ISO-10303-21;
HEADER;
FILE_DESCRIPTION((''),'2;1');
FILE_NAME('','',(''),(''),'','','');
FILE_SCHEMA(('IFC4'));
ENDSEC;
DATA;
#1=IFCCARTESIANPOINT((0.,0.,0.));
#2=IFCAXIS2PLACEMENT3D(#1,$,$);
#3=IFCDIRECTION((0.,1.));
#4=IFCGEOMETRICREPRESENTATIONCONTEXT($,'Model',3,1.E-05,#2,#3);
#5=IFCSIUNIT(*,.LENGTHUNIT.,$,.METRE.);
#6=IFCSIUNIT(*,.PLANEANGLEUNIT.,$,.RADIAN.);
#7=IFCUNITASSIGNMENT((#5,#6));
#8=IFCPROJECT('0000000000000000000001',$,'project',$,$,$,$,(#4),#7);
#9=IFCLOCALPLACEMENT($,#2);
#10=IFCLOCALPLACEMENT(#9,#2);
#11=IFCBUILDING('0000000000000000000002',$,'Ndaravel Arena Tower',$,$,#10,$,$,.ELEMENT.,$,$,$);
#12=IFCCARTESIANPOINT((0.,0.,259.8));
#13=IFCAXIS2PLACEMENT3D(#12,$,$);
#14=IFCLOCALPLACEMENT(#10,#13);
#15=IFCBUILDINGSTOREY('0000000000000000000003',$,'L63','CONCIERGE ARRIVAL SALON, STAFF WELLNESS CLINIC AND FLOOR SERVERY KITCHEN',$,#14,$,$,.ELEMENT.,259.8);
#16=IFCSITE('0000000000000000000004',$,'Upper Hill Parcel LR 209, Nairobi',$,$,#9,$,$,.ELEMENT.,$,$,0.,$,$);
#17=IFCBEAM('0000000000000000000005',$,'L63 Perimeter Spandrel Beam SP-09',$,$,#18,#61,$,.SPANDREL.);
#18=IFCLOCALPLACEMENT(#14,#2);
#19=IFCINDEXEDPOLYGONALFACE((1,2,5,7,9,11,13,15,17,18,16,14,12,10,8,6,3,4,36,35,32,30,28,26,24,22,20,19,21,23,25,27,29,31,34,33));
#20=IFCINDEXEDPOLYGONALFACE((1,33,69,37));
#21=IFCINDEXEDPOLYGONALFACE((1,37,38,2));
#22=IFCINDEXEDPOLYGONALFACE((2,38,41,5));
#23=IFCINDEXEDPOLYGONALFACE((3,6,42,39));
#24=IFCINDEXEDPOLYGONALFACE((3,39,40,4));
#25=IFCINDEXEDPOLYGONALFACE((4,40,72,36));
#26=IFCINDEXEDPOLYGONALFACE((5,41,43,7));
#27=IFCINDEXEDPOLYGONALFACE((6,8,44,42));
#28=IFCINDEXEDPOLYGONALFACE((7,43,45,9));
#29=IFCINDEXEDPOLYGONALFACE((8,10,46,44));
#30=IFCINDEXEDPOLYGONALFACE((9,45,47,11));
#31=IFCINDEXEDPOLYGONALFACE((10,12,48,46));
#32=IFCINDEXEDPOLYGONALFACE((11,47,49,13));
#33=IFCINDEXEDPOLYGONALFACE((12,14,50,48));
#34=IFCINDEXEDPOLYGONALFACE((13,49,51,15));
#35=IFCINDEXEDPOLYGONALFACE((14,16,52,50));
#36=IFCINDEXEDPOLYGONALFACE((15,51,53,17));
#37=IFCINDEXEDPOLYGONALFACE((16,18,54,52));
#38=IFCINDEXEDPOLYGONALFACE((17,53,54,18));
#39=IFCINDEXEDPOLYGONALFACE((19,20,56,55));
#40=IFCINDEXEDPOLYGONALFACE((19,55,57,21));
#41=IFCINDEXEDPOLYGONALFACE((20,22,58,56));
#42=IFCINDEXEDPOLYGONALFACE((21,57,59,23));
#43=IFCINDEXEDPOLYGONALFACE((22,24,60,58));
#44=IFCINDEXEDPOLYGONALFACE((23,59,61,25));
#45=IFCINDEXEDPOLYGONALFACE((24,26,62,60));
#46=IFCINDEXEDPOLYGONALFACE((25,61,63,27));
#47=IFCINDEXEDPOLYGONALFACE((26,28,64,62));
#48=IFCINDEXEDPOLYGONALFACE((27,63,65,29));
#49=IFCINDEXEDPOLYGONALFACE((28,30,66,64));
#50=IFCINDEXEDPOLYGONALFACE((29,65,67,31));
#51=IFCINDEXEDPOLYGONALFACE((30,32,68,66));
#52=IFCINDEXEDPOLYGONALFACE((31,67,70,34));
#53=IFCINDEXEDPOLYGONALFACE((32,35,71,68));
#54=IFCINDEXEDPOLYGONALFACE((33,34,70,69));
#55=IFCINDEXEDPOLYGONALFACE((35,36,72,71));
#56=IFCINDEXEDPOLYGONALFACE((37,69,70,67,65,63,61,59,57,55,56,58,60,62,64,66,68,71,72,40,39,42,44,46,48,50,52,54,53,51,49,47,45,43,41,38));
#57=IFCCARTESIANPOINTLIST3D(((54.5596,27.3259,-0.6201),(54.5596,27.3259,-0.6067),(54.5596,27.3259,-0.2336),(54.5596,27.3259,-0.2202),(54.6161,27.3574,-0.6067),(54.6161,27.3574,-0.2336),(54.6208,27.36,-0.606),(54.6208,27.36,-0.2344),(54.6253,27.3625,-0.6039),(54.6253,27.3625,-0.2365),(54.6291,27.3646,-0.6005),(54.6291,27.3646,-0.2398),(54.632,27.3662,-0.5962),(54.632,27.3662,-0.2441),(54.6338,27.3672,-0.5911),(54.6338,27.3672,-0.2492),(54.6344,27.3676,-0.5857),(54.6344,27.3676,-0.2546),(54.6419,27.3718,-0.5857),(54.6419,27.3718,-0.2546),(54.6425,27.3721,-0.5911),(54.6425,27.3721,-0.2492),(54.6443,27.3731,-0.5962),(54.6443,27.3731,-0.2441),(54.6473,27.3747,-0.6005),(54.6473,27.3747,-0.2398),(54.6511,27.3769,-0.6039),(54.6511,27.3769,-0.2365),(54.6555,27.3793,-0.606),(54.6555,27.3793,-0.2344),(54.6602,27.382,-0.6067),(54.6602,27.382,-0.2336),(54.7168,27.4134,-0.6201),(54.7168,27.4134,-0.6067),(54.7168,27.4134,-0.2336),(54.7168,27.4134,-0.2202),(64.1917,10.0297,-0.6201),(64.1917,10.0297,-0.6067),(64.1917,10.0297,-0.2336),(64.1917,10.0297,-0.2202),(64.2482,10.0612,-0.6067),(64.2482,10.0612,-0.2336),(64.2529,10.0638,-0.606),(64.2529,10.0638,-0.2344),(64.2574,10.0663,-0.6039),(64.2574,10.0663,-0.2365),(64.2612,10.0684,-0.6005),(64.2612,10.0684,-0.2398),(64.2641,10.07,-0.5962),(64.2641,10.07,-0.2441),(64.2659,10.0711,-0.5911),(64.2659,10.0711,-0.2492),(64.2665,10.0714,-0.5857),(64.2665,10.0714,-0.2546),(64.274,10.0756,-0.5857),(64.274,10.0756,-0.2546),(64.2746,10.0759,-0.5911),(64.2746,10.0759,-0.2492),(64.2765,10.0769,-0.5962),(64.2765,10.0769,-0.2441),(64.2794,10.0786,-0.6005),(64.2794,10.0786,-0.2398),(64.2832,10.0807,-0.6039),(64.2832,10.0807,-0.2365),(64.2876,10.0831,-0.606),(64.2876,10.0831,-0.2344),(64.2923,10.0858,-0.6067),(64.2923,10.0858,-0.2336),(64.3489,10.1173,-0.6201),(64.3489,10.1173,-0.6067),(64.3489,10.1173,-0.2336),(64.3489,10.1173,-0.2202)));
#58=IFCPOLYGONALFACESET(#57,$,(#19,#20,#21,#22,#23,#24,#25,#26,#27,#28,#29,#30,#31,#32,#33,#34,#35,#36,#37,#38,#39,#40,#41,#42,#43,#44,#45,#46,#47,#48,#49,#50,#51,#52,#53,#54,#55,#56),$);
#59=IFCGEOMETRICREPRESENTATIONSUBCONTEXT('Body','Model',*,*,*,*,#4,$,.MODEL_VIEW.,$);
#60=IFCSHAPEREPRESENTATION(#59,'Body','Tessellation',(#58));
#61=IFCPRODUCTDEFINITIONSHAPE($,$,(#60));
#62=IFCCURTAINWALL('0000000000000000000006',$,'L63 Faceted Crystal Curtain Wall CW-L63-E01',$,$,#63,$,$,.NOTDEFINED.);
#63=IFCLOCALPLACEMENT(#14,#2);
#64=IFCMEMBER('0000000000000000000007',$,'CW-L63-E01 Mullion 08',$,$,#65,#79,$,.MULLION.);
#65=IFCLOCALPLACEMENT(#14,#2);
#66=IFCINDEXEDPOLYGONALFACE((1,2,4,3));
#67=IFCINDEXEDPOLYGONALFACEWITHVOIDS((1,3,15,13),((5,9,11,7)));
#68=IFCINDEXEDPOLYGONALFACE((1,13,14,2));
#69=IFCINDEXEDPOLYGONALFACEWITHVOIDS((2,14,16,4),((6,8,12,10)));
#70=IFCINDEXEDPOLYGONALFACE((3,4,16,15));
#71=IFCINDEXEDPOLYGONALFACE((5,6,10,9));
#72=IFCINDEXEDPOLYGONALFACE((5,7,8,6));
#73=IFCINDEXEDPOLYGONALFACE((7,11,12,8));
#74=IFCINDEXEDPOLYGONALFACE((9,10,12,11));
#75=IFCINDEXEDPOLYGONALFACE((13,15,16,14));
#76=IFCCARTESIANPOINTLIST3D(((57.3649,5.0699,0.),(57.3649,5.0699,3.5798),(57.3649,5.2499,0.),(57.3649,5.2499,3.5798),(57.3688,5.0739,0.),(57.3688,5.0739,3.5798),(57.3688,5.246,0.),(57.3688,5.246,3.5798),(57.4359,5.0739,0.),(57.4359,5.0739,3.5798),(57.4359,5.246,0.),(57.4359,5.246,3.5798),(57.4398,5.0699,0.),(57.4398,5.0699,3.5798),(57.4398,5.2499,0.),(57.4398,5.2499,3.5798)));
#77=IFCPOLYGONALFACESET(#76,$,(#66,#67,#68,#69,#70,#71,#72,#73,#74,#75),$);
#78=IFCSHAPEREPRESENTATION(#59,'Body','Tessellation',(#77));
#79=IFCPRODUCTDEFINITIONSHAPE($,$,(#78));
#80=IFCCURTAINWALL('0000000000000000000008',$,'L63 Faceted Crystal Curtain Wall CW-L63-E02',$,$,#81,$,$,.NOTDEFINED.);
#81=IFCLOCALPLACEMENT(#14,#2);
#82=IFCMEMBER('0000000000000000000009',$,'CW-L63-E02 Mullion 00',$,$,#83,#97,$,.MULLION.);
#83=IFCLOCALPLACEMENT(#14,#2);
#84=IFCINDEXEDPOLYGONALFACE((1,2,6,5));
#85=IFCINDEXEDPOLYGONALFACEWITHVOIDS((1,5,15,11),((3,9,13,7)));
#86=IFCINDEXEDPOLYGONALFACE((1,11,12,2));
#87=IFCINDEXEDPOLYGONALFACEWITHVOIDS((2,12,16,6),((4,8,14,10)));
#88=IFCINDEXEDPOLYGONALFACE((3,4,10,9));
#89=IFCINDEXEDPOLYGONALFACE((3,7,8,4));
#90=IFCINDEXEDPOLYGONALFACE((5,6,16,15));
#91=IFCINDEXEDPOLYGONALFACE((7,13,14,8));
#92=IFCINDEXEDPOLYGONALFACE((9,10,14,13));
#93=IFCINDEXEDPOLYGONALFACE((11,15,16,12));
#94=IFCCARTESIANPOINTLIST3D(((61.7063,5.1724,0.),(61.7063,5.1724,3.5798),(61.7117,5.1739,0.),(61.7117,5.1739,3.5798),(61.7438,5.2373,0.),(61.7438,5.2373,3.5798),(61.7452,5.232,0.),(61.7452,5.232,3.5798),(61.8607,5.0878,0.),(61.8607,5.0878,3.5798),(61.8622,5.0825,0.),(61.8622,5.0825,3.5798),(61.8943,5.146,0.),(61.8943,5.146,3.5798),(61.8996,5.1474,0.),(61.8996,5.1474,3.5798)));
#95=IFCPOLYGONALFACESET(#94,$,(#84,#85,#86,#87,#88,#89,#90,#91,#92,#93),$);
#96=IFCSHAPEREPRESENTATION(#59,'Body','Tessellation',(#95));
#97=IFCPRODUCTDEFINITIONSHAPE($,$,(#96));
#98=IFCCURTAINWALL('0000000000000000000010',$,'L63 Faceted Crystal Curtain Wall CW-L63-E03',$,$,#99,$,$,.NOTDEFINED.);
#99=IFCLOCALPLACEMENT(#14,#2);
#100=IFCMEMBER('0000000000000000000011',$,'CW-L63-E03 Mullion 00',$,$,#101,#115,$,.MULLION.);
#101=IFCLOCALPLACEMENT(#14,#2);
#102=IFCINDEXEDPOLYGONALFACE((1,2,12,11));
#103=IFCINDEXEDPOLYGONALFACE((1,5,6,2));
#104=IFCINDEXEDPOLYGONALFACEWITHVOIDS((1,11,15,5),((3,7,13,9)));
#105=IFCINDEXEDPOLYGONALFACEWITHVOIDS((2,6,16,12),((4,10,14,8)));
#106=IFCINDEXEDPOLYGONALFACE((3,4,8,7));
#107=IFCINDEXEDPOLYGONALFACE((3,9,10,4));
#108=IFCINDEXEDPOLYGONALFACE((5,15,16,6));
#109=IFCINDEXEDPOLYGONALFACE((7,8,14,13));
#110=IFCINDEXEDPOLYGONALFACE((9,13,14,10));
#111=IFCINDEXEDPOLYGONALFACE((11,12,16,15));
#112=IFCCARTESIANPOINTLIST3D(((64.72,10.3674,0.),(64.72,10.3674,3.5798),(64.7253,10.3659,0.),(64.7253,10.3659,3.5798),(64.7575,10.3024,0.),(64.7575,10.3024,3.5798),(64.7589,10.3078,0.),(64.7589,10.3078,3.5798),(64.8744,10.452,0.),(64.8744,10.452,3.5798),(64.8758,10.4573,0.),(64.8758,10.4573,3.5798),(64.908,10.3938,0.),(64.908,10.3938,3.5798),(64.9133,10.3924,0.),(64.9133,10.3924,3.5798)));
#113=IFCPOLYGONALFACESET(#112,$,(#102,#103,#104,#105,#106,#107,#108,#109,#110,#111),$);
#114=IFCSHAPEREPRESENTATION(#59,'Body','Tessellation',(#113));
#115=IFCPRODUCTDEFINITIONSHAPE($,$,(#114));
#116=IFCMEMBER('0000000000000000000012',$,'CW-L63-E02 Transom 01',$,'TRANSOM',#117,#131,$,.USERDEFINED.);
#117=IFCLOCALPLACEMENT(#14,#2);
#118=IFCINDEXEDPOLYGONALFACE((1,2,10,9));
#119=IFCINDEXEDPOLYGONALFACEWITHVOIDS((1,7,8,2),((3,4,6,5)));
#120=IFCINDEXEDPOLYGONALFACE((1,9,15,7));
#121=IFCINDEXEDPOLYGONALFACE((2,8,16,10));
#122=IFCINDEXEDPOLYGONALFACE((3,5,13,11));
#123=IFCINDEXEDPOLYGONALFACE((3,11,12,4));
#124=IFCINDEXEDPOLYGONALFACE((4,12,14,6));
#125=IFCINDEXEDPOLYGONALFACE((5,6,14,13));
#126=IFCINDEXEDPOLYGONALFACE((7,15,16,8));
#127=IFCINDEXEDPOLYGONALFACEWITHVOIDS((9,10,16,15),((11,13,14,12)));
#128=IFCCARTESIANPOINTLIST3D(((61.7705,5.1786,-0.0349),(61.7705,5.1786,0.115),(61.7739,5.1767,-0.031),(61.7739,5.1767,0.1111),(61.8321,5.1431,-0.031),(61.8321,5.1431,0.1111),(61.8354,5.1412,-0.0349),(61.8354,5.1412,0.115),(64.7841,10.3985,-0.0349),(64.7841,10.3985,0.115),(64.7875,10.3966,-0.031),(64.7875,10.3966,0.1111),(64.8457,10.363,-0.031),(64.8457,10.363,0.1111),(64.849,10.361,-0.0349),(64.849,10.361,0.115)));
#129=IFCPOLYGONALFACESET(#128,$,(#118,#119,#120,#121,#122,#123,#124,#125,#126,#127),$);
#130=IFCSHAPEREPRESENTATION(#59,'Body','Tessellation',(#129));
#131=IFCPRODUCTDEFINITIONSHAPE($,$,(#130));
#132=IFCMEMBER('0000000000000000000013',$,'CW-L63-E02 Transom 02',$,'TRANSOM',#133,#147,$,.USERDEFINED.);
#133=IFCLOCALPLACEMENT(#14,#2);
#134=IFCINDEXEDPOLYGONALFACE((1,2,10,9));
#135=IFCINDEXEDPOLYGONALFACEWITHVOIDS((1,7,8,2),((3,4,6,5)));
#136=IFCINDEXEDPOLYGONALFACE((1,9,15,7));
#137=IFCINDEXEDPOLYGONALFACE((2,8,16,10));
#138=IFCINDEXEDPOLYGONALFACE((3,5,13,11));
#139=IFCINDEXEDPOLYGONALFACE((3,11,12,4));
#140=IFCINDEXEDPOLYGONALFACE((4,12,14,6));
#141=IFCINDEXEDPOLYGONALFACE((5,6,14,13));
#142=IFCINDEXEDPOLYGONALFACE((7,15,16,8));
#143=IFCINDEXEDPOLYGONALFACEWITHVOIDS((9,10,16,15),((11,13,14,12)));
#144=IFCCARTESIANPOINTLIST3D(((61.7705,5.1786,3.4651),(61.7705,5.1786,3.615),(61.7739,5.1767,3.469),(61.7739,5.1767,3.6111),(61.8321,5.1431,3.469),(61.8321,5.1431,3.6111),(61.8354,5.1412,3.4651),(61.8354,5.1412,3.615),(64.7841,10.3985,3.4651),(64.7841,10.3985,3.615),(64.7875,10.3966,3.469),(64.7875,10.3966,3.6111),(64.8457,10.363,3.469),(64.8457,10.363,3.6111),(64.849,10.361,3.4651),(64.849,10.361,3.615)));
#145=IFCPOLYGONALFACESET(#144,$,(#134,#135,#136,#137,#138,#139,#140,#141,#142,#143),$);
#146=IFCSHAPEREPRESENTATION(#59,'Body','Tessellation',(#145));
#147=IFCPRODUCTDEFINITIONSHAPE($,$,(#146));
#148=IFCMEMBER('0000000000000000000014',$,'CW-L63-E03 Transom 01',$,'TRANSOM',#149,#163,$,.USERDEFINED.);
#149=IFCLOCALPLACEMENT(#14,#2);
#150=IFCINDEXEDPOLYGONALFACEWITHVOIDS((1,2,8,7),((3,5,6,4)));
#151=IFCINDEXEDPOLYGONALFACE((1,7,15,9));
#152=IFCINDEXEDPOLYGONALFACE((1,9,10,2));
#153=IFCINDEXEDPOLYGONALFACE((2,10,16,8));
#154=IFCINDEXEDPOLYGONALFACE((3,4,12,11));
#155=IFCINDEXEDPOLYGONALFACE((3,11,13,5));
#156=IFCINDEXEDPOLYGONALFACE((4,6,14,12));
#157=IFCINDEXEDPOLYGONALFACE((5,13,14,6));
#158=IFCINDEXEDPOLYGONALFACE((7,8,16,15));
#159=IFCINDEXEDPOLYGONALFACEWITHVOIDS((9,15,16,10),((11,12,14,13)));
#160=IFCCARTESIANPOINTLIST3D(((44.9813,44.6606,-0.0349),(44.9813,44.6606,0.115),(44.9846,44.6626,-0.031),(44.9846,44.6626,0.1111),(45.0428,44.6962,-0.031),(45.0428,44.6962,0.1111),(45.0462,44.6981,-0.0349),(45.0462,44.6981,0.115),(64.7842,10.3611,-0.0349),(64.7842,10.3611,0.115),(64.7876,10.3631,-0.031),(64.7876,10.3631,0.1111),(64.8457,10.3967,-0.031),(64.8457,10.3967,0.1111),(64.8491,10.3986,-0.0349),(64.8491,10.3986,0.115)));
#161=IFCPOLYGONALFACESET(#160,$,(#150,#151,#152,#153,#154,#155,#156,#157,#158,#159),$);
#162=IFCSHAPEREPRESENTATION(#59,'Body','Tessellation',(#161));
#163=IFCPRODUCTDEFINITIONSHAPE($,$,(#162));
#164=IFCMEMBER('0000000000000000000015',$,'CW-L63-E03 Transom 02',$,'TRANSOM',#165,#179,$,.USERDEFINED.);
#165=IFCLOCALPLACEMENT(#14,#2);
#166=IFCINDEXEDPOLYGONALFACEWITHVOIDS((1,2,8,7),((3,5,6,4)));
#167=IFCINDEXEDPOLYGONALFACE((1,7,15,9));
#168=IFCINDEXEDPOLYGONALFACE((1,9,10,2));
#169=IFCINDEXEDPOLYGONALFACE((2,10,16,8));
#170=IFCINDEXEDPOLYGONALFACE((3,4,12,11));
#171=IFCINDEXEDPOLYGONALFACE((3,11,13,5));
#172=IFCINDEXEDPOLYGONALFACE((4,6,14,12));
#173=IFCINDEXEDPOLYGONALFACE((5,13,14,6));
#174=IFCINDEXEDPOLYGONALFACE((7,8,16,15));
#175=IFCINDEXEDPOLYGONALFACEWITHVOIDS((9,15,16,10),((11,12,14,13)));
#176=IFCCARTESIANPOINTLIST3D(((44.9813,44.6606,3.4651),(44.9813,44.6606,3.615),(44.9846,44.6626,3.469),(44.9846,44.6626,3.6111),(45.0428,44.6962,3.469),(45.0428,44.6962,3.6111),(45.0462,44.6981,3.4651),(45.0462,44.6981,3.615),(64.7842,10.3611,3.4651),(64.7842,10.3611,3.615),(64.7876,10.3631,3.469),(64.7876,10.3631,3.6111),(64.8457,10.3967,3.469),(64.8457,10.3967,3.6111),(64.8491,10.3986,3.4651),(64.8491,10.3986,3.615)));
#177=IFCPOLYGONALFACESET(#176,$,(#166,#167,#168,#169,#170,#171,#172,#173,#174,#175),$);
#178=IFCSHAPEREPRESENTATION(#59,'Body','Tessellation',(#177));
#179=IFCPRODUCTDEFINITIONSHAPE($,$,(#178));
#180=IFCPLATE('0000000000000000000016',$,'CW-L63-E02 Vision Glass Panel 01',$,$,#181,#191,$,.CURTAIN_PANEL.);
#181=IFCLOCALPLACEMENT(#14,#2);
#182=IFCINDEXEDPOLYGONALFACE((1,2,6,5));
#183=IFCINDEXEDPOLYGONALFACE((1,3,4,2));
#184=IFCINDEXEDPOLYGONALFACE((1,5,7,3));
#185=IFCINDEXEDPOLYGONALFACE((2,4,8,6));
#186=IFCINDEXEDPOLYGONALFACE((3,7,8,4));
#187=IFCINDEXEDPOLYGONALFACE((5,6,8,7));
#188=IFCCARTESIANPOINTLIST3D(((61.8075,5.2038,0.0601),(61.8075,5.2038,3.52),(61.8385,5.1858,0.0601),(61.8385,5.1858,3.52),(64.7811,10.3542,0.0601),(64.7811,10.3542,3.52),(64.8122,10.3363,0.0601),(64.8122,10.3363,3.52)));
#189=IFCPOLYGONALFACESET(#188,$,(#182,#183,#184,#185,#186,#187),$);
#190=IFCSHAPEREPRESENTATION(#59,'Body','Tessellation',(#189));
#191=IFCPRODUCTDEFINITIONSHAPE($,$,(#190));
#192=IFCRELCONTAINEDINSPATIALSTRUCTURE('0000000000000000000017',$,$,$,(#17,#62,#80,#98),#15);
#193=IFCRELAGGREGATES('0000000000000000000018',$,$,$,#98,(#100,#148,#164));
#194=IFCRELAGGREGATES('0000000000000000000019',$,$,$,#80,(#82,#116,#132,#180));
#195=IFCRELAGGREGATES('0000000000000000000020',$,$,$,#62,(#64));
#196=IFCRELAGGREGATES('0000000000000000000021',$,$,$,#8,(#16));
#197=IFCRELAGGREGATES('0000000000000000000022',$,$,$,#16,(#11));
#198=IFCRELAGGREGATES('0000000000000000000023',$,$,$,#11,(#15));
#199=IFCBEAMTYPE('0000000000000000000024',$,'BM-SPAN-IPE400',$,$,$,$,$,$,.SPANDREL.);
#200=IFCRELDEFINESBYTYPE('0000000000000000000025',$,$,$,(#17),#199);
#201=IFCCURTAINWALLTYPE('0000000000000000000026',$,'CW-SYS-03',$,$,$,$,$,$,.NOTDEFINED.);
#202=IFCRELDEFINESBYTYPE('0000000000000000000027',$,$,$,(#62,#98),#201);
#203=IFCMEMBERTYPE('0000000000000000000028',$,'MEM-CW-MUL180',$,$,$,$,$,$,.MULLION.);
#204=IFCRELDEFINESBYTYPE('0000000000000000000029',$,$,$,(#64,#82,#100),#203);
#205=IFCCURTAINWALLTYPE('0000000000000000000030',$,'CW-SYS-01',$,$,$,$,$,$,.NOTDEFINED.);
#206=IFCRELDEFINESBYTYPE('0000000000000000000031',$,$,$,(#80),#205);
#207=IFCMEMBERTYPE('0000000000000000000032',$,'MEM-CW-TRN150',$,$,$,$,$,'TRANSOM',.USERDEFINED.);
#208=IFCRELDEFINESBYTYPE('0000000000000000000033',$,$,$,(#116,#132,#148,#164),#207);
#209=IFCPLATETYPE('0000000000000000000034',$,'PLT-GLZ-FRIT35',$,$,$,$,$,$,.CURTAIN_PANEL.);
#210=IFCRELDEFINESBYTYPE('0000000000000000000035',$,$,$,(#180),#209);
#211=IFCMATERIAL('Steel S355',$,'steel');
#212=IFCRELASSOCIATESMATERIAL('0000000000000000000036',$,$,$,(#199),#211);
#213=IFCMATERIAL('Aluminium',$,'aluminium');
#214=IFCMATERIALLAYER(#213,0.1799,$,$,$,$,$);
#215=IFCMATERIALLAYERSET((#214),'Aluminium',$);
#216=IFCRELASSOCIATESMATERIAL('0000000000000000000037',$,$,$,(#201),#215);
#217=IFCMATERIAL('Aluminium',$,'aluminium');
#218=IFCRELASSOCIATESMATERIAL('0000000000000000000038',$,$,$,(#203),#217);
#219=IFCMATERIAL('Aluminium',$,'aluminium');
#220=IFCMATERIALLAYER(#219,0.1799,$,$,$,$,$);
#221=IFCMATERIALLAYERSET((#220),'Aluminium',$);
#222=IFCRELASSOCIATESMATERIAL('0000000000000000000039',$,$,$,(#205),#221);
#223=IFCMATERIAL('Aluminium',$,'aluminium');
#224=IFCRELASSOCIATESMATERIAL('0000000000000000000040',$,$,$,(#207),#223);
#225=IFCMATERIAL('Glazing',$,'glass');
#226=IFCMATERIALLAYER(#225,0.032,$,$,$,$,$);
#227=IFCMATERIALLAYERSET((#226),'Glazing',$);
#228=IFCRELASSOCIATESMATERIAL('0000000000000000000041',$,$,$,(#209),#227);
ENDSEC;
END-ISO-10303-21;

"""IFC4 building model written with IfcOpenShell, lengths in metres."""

from ifc_helpers import new_model, si_unit, direction, frame, origin, origin_2d, place, context, subcontext, project, spatial, rectangle, hollow_rectangle, i_section, extrude, material, layer, layer_set, material_profile, profile_set, type_object, element, aggregate, save


model = new_model("IFC4")

# Units and contexts
model_context = context("Model", 3, precision=1e-05, world=origin(), true_north=direction((0.0, 1.0)))
body_context = subcontext(model_context, "Body", "Model", "MODEL_VIEW")
ifc_project = project(units=[si_unit("LENGTHUNIT", "METRE"), si_unit("PLANEANGLEUNIT", "RADIAN")], contexts=[model_context])

# Site, building, storey
site_placement = place(None, origin())
site = spatial("IfcSite", under=ifc_project, at=site_placement, Name="Upper Hill Parcel LR 209, Nairobi", CompositionType="ELEMENT", RefElevation=0.0)
building_placement = place(site_placement, origin())
building = spatial("IfcBuilding", under=site, at=building_placement, Name="Ndaravel Arena Tower", CompositionType="ELEMENT")
storey_placement = place(building_placement, frame((0.0, 0.0, 259.8)))
storey = spatial("IfcBuildingStorey", under=building, at=storey_placement, Name="L63", Description="CONCIERGE ARRIVAL SALON, STAFF WELLNESS CLINIC AND FLOOR SERVERY KITCHEN", CompositionType="ELEMENT", Elevation=259.8)

# Beam
ifc_material_1 = material(Name="Steel S355", Category="steel")
ifc_material_profile_1 = material_profile(ifc_material_1, i_section(OverallWidth=0.1799, OverallDepth=0.3999, WebThickness=0.0085, FlangeThickness=0.0134, FilletRadius=0.021, at=origin_2d()), Name="IPE 400")
ifc_profile_set_1 = profile_set([ifc_material_profile_1], Name="Steel S355")
beam_type = type_object("IfcBeamType", Name="BM-SPAN-IPE400", PredefinedType="SPANDREL", material=ifc_profile_set_1)
beam_1_placement = place(storey_placement, frame((64.2703, 10.0735, -0.4202), z_axis=(-0.486535, 0.873661, 0.0), x_axis=(-0.873661, -0.486535, 0.0)))
element("IfcBeam", 1, at=beam_1_placement, inside=storey, type_object=beam_type, Name="L63 Perimeter Spandrel Beam SP-09", PredefinedType="SPANDREL", context=body_context, shape_type="SweptSolid", body=[
    extrude(i_section(OverallWidth=0.1799, OverallDepth=0.3999, WebThickness=0.0085, FlangeThickness=0.0134, FilletRadius=0.021, at=origin_2d()), origin(), (0.0, 0.0, 1.0), 19.7974),
])

# Curtain walls, members
ifc_material_2 = material(Name="Aluminium", Category="aluminium")
ifc_layer_1 = layer(ifc_material_2, 0.1799)
ifc_layer_set_1 = layer_set([ifc_layer_1], Name="Aluminium")
curtain_wall_type_1 = type_object("IfcCurtainWallType", Name="CW-SYS-03", PredefinedType="NOTDEFINED", material=ifc_layer_set_1)
curtain_wall_1_placement = place(storey_placement, origin())
curtain_wall_1 = element("IfcCurtainWall", 2, at=curtain_wall_1_placement, inside=storey, type_object=curtain_wall_type_1, Name="L63 Faceted Crystal Curtain Wall CW-L63-E01", PredefinedType="NOTDEFINED")
ifc_material_3 = material(Name="Aluminium", Category="aluminium")
ifc_material_profile_2 = material_profile(ifc_material_3, hollow_rectangle(XDim=0.075, YDim=0.1799, WallThickness=0.0039, at=origin_2d()), Name="CW MULLION 75x180x4")
ifc_profile_set_2 = profile_set([ifc_material_profile_2], Name="Aluminium")
member_type_1 = type_object("IfcMemberType", Name="MEM-CW-MUL180", PredefinedType="MULLION", material=ifc_profile_set_2)
member_1_placement = place(storey_placement, frame((57.4023, 5.1599, 0.0), z_axis=(0.0, 0.0, 1.0), x_axis=(1.0, 0.0, 0.0)))
member_1 = element("IfcMember", 3, at=member_1_placement, type_object=member_type_1, Name="CW-L63-E01 Mullion 08", PredefinedType="MULLION", context=body_context, shape_type="SweptSolid", body=[
    extrude(hollow_rectangle(XDim=0.075, YDim=0.1799, WallThickness=0.0039, at=origin_2d()), origin(), (0.0, 0.0, 1.0), 3.5798),
])
ifc_material_4 = material(Name="Aluminium", Category="aluminium")
ifc_layer_2 = layer(ifc_material_4, 0.1799)
ifc_layer_set_2 = layer_set([ifc_layer_2], Name="Aluminium")
curtain_wall_type_2 = type_object("IfcCurtainWallType", Name="CW-SYS-01", PredefinedType="NOTDEFINED", material=ifc_layer_set_2)
curtain_wall_2_placement = place(storey_placement, origin())
curtain_wall_2 = element("IfcCurtainWall", 4, at=curtain_wall_2_placement, inside=storey, type_object=curtain_wall_type_2, Name="L63 Faceted Crystal Curtain Wall CW-L63-E02", PredefinedType="NOTDEFINED")
member_2_placement = place(storey_placement, frame((61.803, 5.1599, 0.0), z_axis=(0.0, 0.0, 1.0), x_axis=(0.5, 0.866025, 0.0)))
member_2 = element("IfcMember", 5, at=member_2_placement, type_object=member_type_1, Name="CW-L63-E02 Mullion 00", PredefinedType="MULLION", context=body_context, shape_type="SweptSolid", body=[
    extrude(hollow_rectangle(XDim=0.075, YDim=0.1799, WallThickness=0.0039, at=origin_2d()), origin(), (0.0, 0.0, 1.0), 3.5798),
])
curtain_wall_3_placement = place(storey_placement, origin())
curtain_wall_3 = element("IfcCurtainWall", 6, at=curtain_wall_3_placement, inside=storey, type_object=curtain_wall_type_1, Name="L63 Faceted Crystal Curtain Wall CW-L63-E03", PredefinedType="NOTDEFINED")
member_3_placement = place(storey_placement, frame((64.8167, 10.3799, 0.0), z_axis=(0.0, 0.0, 1.0), x_axis=(-0.5, 0.866025, 0.0)))
member_3 = element("IfcMember", 7, at=member_3_placement, type_object=member_type_1, Name="CW-L63-E03 Mullion 00", PredefinedType="MULLION", context=body_context, shape_type="SweptSolid", body=[
    extrude(hollow_rectangle(XDim=0.075, YDim=0.1799, WallThickness=0.0039, at=origin_2d()), origin(), (0.0, 0.0, 1.0), 3.5798),
])

# Members
ifc_material_5 = material(Name="Aluminium", Category="aluminium")
ifc_material_profile_3 = material_profile(ifc_material_5, hollow_rectangle(XDim=0.075, YDim=0.1499, WallThickness=0.0039, at=origin_2d()), Name="CW TRANSOM 75x150x4")
ifc_profile_set_3 = profile_set([ifc_material_profile_3], Name="Aluminium")
member_type_2 = type_object("IfcMemberType", Name="MEM-CW-TRN150", ElementType="TRANSOM", PredefinedType="USERDEFINED", material=ifc_profile_set_3)
member_4_placement = place(storey_placement, frame((61.803, 5.1599, 0.04), z_axis=(0.49999, 0.866031, 0.0), x_axis=(-0.866031, 0.49999, 0.0)))
member_4 = element("IfcMember", 8, at=member_4_placement, type_object=member_type_2, Name="CW-L63-E02 Transom 01", ObjectType="TRANSOM", PredefinedType="USERDEFINED", context=body_context, shape_type="SweptSolid", body=[
    extrude(hollow_rectangle(XDim=0.075, YDim=0.1499, WallThickness=0.0039, at=origin_2d()), origin(), (0.0, 0.0, 1.0), 6.0273),
])
member_5_placement = place(storey_placement, frame((61.803, 5.1599, 3.54), z_axis=(0.49999, 0.866031, 0.0), x_axis=(-0.866031, 0.49999, 0.0)))
member_5 = element("IfcMember", 9, at=member_5_placement, type_object=member_type_2, Name="CW-L63-E02 Transom 02", ObjectType="TRANSOM", PredefinedType="USERDEFINED", context=body_context, shape_type="SweptSolid", body=[
    extrude(hollow_rectangle(XDim=0.075, YDim=0.1499, WallThickness=0.0039, at=origin_2d()), origin(), (0.0, 0.0, 1.0), 6.0273),
])
member_6_placement = place(storey_placement, frame((64.8167, 10.3799, 0.04), z_axis=(-0.500002, 0.866024, 0.0), x_axis=(-0.866024, -0.500002, 0.0)))
member_6 = element("IfcMember", 10, at=member_6_placement, type_object=member_type_2, Name="CW-L63-E03 Transom 01", ObjectType="TRANSOM", PredefinedType="USERDEFINED", context=body_context, shape_type="SweptSolid", body=[
    extrude(hollow_rectangle(XDim=0.075, YDim=0.1499, WallThickness=0.0039, at=origin_2d()), origin(), (0.0, 0.0, 1.0), 39.6057),
])
member_7_placement = place(storey_placement, frame((64.8167, 10.3799, 3.54), z_axis=(-0.500002, 0.866024, 0.0), x_axis=(-0.866024, -0.500002, 0.0)))
member_7 = element("IfcMember", 11, at=member_7_placement, type_object=member_type_2, Name="CW-L63-E03 Transom 02", ObjectType="TRANSOM", PredefinedType="USERDEFINED", context=body_context, shape_type="SweptSolid", body=[
    extrude(hollow_rectangle(XDim=0.075, YDim=0.1499, WallThickness=0.0039, at=origin_2d()), origin(), (0.0, 0.0, 1.0), 39.6057),
])
aggregate(curtain_wall_3, [member_3, member_6, member_7])

# Plate
ifc_material_6 = material(Name="Glazing", Category="glass")
ifc_layer_3 = layer(ifc_material_6, 0.032)
ifc_layer_set_3 = layer_set([ifc_layer_3], Name="Glazing")
plate_type_1 = type_object("IfcPlateType", Name="PLT-GLZ-FRIT35", PredefinedType="CURTAIN_PANEL", material=ifc_layer_set_3)
plate_1_placement = place(storey_placement, frame((63.3098, 7.77, 0.0601), z_axis=(0.0, 0.0, 1.0), x_axis=(0.5, 0.866025, 0.0)))
plate_1 = element("IfcPlate", 12, at=plate_1_placement, type_object=plate_type_1, Name="CW-L63-E02 Vision Glass Panel 01", PredefinedType="CURTAIN_PANEL", context=body_context, shape_type="SweptSolid", body=[
    extrude(rectangle(XDim=5.9473, YDim=0.0359, at=origin_2d()), origin(), (0.0, 0.0, 1.0), 3.46),
])
aggregate(curtain_wall_2, [member_2, member_4, member_5, plate_1])
aggregate(curtain_wall_1, [member_1])

save(model, "model.ifc")
